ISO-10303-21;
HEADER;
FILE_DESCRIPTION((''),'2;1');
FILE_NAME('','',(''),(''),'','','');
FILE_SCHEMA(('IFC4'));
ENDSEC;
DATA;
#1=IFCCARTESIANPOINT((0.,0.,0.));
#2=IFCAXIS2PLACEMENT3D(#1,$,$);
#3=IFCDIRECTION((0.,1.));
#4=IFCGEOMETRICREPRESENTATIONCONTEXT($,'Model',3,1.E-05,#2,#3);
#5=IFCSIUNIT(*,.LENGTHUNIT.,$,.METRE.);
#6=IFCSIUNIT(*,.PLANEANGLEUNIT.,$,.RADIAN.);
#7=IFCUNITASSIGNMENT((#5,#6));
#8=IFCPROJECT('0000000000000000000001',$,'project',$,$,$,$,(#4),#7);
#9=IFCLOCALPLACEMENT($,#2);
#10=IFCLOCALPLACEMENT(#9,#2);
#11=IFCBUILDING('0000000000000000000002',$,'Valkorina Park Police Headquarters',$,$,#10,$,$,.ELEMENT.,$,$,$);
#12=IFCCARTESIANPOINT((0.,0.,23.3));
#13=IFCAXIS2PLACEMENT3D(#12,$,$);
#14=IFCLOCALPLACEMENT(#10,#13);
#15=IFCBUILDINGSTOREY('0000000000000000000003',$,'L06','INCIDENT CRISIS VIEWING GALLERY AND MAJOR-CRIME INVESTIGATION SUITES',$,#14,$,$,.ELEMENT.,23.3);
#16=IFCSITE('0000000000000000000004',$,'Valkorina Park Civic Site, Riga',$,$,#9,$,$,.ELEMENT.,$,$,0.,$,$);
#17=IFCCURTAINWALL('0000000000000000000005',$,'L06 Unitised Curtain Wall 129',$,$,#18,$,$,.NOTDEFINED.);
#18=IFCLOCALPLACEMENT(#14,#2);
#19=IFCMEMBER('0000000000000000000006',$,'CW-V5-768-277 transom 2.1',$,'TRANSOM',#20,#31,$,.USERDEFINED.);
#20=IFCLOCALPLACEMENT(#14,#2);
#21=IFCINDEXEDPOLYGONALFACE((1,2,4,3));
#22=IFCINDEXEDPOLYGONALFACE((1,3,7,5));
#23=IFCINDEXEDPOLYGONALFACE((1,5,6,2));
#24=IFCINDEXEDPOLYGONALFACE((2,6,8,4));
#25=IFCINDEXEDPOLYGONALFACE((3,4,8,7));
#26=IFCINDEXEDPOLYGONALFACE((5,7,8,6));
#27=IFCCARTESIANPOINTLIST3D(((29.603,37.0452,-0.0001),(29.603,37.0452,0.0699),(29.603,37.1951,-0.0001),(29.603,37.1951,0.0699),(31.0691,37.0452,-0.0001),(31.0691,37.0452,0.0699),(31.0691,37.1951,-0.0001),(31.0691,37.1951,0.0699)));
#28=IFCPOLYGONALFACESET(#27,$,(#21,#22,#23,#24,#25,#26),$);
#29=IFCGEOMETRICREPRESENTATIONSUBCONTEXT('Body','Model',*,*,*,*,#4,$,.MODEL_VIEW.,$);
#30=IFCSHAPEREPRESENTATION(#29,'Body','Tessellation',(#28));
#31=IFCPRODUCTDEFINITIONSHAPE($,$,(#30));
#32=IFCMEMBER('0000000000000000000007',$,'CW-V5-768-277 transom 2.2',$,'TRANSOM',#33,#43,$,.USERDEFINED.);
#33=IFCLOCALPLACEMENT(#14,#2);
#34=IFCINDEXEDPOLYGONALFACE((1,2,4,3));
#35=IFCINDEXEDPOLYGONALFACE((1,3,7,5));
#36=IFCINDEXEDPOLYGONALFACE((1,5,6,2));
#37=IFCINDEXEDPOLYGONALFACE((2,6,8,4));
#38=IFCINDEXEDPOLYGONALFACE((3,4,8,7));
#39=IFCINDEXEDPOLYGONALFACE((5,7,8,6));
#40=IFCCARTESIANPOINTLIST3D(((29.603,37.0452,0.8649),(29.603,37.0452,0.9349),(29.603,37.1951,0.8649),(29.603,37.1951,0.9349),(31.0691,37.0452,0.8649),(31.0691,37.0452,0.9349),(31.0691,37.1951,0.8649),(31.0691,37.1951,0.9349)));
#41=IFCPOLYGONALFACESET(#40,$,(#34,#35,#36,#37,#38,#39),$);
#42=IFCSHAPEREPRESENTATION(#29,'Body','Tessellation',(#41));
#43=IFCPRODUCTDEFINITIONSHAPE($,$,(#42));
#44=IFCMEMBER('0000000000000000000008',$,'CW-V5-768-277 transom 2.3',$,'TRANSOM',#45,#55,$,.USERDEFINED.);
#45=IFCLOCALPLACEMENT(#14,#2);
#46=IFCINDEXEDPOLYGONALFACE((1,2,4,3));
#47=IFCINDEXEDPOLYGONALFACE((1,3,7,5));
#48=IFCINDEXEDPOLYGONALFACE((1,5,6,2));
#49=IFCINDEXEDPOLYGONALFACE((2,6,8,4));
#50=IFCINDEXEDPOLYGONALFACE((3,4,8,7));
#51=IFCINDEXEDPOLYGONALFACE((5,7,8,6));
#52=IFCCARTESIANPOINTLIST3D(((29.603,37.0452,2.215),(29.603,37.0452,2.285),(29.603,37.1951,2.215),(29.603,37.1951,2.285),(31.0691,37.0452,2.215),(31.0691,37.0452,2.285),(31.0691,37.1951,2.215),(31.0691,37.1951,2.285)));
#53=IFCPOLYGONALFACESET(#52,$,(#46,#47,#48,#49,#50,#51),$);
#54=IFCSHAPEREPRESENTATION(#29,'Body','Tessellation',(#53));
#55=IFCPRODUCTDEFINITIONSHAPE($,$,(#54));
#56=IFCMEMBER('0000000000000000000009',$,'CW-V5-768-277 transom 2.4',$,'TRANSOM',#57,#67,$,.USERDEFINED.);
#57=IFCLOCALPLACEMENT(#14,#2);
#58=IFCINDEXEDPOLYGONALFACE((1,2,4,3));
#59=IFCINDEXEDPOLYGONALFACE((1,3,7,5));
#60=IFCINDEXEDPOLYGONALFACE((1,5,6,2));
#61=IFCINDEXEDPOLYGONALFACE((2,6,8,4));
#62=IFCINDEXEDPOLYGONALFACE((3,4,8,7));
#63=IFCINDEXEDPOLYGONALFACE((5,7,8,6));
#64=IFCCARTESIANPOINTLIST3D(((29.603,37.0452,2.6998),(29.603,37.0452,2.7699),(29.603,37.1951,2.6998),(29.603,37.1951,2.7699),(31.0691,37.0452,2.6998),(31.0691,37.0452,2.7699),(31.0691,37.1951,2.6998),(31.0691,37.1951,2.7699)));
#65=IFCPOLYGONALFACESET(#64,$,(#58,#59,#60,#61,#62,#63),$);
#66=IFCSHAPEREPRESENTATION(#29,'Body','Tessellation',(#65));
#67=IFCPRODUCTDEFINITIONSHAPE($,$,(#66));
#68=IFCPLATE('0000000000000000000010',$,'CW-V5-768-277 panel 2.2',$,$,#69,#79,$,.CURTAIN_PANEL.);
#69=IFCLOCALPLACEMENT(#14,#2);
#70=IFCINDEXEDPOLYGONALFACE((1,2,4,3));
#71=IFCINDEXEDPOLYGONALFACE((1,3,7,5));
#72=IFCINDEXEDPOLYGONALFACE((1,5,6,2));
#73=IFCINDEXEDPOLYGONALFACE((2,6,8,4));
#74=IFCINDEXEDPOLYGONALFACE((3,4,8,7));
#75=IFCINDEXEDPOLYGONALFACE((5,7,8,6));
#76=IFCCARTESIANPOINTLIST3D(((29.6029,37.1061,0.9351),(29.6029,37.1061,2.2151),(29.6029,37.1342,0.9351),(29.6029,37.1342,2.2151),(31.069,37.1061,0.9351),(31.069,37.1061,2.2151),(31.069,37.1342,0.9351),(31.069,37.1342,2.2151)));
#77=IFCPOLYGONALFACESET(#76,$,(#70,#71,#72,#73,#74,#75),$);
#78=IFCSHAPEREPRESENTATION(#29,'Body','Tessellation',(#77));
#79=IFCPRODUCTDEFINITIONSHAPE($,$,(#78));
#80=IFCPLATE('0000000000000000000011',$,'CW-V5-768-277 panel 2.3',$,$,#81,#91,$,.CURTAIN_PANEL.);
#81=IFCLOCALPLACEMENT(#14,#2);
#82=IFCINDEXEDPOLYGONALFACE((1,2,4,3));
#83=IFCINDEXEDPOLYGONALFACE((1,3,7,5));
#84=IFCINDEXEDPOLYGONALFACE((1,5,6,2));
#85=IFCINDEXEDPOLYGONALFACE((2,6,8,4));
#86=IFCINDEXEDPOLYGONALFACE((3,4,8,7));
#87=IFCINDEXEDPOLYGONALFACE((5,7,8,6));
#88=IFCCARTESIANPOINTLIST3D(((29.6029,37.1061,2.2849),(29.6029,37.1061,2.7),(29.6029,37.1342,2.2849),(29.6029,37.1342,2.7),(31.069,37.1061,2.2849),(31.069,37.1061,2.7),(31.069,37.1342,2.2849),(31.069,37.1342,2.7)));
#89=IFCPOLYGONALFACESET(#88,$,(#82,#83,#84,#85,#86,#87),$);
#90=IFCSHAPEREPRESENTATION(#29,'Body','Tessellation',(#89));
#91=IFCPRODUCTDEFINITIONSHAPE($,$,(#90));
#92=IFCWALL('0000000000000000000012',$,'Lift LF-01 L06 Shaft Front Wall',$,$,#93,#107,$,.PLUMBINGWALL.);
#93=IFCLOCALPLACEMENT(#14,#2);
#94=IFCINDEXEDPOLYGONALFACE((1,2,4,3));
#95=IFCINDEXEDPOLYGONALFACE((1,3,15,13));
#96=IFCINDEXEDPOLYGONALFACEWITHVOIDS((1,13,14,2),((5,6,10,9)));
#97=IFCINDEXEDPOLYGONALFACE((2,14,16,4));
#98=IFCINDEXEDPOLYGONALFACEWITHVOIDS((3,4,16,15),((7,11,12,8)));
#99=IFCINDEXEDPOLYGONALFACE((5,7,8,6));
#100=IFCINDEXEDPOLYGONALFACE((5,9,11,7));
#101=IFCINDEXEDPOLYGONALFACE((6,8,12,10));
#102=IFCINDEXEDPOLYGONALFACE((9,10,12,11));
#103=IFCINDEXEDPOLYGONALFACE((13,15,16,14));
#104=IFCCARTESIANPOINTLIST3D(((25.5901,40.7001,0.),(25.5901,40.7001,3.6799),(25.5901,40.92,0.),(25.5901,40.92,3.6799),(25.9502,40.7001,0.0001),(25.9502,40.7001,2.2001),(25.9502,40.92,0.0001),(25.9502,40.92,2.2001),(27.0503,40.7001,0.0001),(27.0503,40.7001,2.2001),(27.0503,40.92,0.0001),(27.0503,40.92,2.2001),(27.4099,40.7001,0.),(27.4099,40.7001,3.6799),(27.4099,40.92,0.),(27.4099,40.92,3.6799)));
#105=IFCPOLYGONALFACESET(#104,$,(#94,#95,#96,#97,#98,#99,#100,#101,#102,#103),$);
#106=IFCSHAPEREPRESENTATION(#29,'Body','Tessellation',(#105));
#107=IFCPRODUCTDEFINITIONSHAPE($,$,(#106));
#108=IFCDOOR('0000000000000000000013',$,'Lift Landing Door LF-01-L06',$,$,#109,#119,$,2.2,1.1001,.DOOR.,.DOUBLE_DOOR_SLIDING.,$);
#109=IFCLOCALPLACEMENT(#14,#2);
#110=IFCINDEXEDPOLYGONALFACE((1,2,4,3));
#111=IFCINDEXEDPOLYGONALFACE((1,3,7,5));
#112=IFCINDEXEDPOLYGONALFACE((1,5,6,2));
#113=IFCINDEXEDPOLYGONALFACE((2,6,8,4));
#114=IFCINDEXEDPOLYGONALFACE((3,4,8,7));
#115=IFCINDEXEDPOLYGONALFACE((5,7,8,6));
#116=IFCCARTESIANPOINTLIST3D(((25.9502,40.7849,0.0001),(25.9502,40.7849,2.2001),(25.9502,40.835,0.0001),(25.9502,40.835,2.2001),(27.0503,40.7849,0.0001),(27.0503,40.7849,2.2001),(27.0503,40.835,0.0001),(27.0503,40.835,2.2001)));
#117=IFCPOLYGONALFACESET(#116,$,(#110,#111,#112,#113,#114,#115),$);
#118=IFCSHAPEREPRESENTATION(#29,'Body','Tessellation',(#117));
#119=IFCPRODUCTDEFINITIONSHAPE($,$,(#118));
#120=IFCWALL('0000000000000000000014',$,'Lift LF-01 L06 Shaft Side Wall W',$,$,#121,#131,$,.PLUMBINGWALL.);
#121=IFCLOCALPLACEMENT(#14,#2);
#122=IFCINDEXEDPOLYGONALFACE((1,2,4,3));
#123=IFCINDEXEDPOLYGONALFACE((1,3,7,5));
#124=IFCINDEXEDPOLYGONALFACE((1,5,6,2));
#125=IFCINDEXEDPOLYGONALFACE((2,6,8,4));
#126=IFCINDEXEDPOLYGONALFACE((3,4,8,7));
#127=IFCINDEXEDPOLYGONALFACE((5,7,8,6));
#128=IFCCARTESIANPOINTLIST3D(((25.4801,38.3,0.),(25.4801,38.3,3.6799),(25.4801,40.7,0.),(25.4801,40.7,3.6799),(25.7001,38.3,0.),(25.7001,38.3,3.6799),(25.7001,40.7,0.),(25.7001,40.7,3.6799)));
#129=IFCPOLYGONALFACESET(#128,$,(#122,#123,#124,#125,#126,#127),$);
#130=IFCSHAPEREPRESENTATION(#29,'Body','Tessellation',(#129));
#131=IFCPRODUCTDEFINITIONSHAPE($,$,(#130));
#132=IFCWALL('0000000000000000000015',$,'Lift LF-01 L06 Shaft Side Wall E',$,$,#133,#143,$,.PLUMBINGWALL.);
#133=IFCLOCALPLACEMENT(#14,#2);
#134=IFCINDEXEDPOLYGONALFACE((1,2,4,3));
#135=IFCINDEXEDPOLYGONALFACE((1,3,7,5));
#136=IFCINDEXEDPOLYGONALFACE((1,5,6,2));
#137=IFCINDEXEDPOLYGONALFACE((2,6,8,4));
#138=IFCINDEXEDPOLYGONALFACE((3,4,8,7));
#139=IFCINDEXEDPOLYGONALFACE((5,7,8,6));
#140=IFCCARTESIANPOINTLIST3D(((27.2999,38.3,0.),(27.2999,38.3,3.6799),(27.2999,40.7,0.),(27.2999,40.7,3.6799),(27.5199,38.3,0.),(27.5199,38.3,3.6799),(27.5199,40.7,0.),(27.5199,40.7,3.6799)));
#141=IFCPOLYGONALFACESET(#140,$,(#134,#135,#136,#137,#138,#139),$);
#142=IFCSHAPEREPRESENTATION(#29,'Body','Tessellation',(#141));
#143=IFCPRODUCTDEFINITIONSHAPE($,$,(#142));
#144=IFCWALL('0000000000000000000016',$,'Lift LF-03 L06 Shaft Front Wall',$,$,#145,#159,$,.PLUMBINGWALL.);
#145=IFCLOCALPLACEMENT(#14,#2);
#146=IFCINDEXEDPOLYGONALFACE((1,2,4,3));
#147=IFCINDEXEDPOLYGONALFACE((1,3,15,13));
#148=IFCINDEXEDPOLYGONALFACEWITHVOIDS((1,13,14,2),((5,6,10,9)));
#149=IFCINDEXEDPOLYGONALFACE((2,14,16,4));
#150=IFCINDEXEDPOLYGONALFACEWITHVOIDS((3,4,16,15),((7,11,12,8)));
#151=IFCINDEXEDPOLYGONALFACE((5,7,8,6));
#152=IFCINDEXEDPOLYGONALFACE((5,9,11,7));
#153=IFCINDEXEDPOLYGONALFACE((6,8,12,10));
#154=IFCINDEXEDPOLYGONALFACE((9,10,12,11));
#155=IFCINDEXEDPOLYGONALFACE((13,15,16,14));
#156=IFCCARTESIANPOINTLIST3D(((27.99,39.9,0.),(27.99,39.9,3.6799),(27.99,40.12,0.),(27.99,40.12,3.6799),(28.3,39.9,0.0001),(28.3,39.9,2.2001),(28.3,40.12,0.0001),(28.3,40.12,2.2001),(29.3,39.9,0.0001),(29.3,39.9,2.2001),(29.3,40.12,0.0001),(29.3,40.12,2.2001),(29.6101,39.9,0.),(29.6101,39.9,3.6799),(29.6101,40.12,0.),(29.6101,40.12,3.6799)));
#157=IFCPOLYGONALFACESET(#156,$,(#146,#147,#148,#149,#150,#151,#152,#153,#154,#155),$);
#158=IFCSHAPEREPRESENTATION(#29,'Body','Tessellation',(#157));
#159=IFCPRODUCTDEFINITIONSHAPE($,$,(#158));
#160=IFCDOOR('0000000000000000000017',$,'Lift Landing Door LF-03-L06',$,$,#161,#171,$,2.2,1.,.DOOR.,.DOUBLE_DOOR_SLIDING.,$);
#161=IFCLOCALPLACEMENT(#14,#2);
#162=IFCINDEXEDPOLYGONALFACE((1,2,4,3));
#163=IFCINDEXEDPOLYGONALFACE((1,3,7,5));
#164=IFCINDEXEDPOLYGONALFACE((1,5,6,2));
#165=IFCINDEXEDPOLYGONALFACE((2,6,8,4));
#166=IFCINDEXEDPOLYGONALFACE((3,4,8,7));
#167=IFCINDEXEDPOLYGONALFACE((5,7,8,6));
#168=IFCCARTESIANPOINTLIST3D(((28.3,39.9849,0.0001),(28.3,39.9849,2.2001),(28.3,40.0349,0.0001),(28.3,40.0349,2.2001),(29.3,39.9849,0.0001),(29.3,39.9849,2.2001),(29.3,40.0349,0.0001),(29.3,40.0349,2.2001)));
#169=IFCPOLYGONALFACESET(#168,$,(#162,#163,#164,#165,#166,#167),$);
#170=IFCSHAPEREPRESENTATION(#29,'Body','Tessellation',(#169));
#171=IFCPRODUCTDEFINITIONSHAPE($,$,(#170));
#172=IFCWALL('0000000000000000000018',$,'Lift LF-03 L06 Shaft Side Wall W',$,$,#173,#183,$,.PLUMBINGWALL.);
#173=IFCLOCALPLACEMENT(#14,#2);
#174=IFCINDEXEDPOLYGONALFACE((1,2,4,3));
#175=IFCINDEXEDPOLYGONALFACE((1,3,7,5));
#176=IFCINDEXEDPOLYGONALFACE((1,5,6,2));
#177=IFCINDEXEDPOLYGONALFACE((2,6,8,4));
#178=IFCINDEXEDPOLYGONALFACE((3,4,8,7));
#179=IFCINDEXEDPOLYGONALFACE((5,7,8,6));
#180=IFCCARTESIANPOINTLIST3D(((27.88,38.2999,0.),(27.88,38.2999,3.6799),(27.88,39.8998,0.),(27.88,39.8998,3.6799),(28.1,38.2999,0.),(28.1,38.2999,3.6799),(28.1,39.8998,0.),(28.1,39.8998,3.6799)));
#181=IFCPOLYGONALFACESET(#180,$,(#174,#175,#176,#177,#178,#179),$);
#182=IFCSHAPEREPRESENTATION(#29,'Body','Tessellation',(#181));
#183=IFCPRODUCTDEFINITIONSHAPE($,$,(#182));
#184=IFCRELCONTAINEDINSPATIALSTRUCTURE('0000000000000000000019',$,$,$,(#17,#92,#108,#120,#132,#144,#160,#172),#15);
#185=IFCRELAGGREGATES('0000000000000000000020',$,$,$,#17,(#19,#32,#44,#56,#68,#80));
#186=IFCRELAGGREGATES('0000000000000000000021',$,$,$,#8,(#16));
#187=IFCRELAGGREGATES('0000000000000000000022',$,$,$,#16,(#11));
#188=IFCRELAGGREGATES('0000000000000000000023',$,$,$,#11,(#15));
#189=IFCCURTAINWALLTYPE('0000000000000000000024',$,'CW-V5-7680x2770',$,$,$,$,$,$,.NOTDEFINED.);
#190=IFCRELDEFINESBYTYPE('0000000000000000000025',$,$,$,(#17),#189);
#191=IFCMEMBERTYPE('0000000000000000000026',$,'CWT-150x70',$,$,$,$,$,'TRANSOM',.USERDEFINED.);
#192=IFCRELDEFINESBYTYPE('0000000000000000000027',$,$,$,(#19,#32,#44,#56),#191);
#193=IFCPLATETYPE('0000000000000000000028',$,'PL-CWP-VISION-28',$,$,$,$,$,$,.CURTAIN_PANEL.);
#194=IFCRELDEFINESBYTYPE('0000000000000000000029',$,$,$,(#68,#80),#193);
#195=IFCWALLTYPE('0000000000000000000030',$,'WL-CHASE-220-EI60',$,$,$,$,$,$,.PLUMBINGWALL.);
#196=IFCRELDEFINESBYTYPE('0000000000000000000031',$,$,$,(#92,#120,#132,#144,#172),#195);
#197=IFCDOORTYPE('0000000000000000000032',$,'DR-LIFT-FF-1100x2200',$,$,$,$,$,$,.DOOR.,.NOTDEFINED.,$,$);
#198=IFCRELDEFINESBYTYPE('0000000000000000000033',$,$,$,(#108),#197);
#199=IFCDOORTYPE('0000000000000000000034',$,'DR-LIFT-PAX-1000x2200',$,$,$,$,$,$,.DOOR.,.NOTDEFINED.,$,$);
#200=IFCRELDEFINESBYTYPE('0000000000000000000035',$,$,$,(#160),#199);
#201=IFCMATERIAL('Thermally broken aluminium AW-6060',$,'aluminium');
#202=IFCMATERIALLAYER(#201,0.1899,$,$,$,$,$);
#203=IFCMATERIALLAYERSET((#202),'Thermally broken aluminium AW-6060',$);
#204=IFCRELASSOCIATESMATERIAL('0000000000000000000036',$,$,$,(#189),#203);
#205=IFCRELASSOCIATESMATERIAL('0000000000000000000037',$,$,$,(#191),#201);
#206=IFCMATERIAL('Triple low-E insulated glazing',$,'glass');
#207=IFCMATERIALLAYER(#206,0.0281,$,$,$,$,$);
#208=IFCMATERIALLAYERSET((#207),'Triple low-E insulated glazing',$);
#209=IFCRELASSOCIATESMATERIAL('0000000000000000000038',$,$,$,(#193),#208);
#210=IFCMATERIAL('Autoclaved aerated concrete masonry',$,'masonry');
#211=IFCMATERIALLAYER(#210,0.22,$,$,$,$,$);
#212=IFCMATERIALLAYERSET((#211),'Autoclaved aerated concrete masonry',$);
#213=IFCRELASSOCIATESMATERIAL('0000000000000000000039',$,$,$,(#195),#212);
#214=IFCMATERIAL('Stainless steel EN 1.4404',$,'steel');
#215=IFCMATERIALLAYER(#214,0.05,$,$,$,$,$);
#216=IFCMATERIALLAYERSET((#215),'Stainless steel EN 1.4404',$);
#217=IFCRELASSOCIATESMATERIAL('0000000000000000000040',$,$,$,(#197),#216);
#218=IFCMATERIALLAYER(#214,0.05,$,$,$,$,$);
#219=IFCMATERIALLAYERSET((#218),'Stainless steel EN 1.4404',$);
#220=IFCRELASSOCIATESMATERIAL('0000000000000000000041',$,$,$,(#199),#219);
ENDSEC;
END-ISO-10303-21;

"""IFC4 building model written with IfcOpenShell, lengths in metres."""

from ifc_helpers import new_model, si_unit, direction, frame, frame_2d, origin, origin_2d, place, context, subcontext, project, spatial, rectangle, extrude, material, layer, layer_set, material_profile, profile_set, type_object, element, fill, aggregate, save


model = new_model("IFC4")

# Units and contexts
model_context = context("Model", 3, precision=1e-05, world=origin(), true_north=direction((0.0, 1.0)))
body_context = subcontext(model_context, "Body", "Model", "MODEL_VIEW")
ifc_project = project(units=[si_unit("LENGTHUNIT", "METRE"), si_unit("PLANEANGLEUNIT", "RADIAN")], contexts=[model_context])

# Site, building, storey
site_placement = place(None, origin())
site = spatial("IfcSite", under=ifc_project, at=site_placement, Name="Valkorina Park Civic Site, Riga", CompositionType="ELEMENT", RefElevation=0.0)
building_placement = place(site_placement, origin())
building = spatial("IfcBuilding", under=site, at=building_placement, Name="Valkorina Park Police Headquarters", CompositionType="ELEMENT")
storey_placement = place(building_placement, frame((0.0, 0.0, 23.3)))
storey = spatial("IfcBuildingStorey", under=building, at=storey_placement, Name="L06", Description="INCIDENT CRISIS VIEWING GALLERY AND MAJOR-CRIME INVESTIGATION SUITES", CompositionType="ELEMENT", Elevation=23.3)

# Curtain wall, members, plates
ifc_material_1 = material(Name="Thermally broken aluminium AW-6060", Category="aluminium")
ifc_layer_1 = layer(ifc_material_1, 0.1899)
ifc_layer_set_1 = layer_set([ifc_layer_1], Name="Thermally broken aluminium AW-6060")
curtain_wall_type = type_object("IfcCurtainWallType", Name="CW-V5-7680x2770", PredefinedType="NOTDEFINED", material=ifc_layer_set_1)
curtain_wall_placement = place(storey_placement, origin())
curtain_wall = element("IfcCurtainWall", 1, at=curtain_wall_placement, inside=storey, type_object=curtain_wall_type, Name="L06 Unitised Curtain Wall 129", PredefinedType="NOTDEFINED")
ifc_material_profile_1 = material_profile(ifc_material_1, rectangle(XDim=0.1499, YDim=0.0701, at=origin_2d()), Name="CWT-02 150x70")
ifc_profile_set_1 = profile_set([ifc_material_profile_1], Name="Thermally broken aluminium AW-6060")
member_type = type_object("IfcMemberType", Name="CWT-150x70", ElementType="TRANSOM", PredefinedType="USERDEFINED", material=ifc_profile_set_1)
member_1_placement = place(storey_placement, frame((31.0691, 37.1201, 0.0349), z_axis=(-1.0, 0.0, 0.0), x_axis=(0.0, -1.0, 0.0)))
member_1 = element("IfcMember", 2, at=member_1_placement, type_object=member_type, Name="CW-V5-768-277 transom 2.1", ObjectType="TRANSOM", PredefinedType="USERDEFINED", context=body_context, shape_type="SweptSolid", body=[
    extrude(rectangle(XDim=0.1499, YDim=0.0701, at=origin_2d()), origin(), (0.0, 0.0, 1.0), 1.4661),
])
member_2_placement = place(storey_placement, frame((31.0691, 37.1201, 0.8999), z_axis=(-1.0, 0.0, 0.0), x_axis=(0.0, -1.0, 0.0)))
member_2 = element("IfcMember", 3, at=member_2_placement, type_object=member_type, Name="CW-V5-768-277 transom 2.2", ObjectType="TRANSOM", PredefinedType="USERDEFINED", context=body_context, shape_type="SweptSolid", body=[
    extrude(rectangle(XDim=0.1499, YDim=0.0701, at=origin_2d()), origin(), (0.0, 0.0, 1.0), 1.4661),
])
member_3_placement = place(storey_placement, frame((31.0691, 37.1201, 2.25), z_axis=(-1.0, 0.0, 0.0), x_axis=(0.0, -1.0, 0.0)))
member_3 = element("IfcMember", 4, at=member_3_placement, type_object=member_type, Name="CW-V5-768-277 transom 2.3", ObjectType="TRANSOM", PredefinedType="USERDEFINED", context=body_context, shape_type="SweptSolid", body=[
    extrude(rectangle(XDim=0.1499, YDim=0.0701, at=origin_2d()), origin(), (0.0, 0.0, 1.0), 1.4661),
])
member_4_placement = place(storey_placement, frame((31.0691, 37.1201, 2.7349), z_axis=(-1.0, 0.0, 0.0), x_axis=(0.0, -1.0, 0.0)))
member_4 = element("IfcMember", 5, at=member_4_placement, type_object=member_type, Name="CW-V5-768-277 transom 2.4", ObjectType="TRANSOM", PredefinedType="USERDEFINED", context=body_context, shape_type="SweptSolid", body=[
    extrude(rectangle(XDim=0.1499, YDim=0.0701, at=origin_2d()), origin(), (0.0, 0.0, 1.0), 1.4661),
])
ifc_material_2 = material(Name="Triple low-E insulated glazing", Category="glass")
ifc_layer_2 = layer(ifc_material_2, 0.0281)
ifc_layer_set_2 = layer_set([ifc_layer_2], Name="Triple low-E insulated glazing")
plate_type = type_object("IfcPlateType", Name="PL-CWP-VISION-28", PredefinedType="CURTAIN_PANEL", material=ifc_layer_set_2)
plate_1_placement = place(storey_placement, frame((30.3359, 37.1201, 0.9351), z_axis=(0.0, 0.0, 1.0), x_axis=(-1.0, 0.0, 0.0)))
plate_1 = element("IfcPlate", 6, at=plate_1_placement, type_object=plate_type, Name="CW-V5-768-277 panel 2.2", PredefinedType="CURTAIN_PANEL", context=body_context, shape_type="SweptSolid", body=[
    extrude(rectangle(XDim=1.4661, YDim=0.0281, at=origin_2d()), origin(), (0.0, 0.0, 1.0), 1.28),
])
plate_2_placement = place(storey_placement, frame((30.3359, 37.1201, 2.2849), z_axis=(0.0, 0.0, 1.0), x_axis=(-1.0, 0.0, 0.0)))
plate_2 = element("IfcPlate", 7, at=plate_2_placement, type_object=plate_type, Name="CW-V5-768-277 panel 2.3", PredefinedType="CURTAIN_PANEL", context=body_context, shape_type="SweptSolid", body=[
    extrude(rectangle(XDim=1.4661, YDim=0.0281, at=origin_2d()), origin(), (0.0, 0.0, 1.0), 0.415),
])
aggregate(curtain_wall, [member_1, member_2, member_3, member_4, plate_1, plate_2])

# Wall, opening, door
ifc_material_3 = material(Name="Autoclaved aerated concrete masonry", Category="masonry")
ifc_layer_3 = layer(ifc_material_3, 0.22)
ifc_layer_set_3 = layer_set([ifc_layer_3], Name="Autoclaved aerated concrete masonry")
wall_type_1 = type_object("IfcWallType", Name="WL-CHASE-220-EI60", PredefinedType="PLUMBINGWALL", material=ifc_layer_set_3)
wall_1_placement = place(storey_placement, frame((25.5901, 40.8101, 0.0), z_axis=(0.0, 0.0, 1.0), x_axis=(1.0, 0.0, 0.0)))
wall_1 = element("IfcWall", 8, at=wall_1_placement, inside=storey, type_object=wall_type_1, Name="Lift LF-01 L06 Shaft Front Wall", PredefinedType="PLUMBINGWALL", context=body_context, shape_type="SweptSolid", body=[
    extrude(rectangle(XDim=1.8198, YDim=0.22, at=frame_2d((0.9099, 0.0))), origin(), (0.0, 0.0, 1.0), 3.6799),
])
opening_1_placement = place(wall_1_placement, frame((0.3601, 0.0, 0.0)))
opening_1 = element("IfcOpeningElement", 9, at=opening_1_placement, cuts=wall_1, PredefinedType="OPENING", context=body_context, shape_type="SweptSolid", body=[
    extrude(rectangle(XDim=1.1001, YDim=2.2, at=frame_2d((0.55, 1.1001))), frame((0.0, 0.1201, 0.0), z_axis=(0.0, -1.0, 0.0), x_axis=(1.0, 0.0, 0.0)), (0.0, 0.0, 1.0), 0.24),
])
ifc_material_4 = material(Name="Stainless steel EN 1.4404", Category="steel")
ifc_layer_4 = layer(ifc_material_4, 0.05)
ifc_layer_set_4 = layer_set([ifc_layer_4], Name="Stainless steel EN 1.4404")
door_type_1 = type_object("IfcDoorType", Name="DR-LIFT-FF-1100x2200", OperationType="NOTDEFINED", PredefinedType="DOOR", material=ifc_layer_set_4)
door_1_placement = place(opening_1_placement, origin())
door_1 = element("IfcDoor", 10, at=door_1_placement, inside=storey, type_object=door_type_1, Name="Lift Landing Door LF-01-L06", OperationType="DOUBLE_DOOR_SLIDING", OverallHeight=2.2, OverallWidth=1.1001, PredefinedType="DOOR", context=body_context, shape_type="SweptSolid", body=[
    extrude(rectangle(XDim=1.1001, YDim=2.2, at=frame_2d((0.55, 1.1001))), frame((0.0, 0.0249, 0.0), z_axis=(0.0, -1.0, 0.0), x_axis=(1.0, 0.0, 0.0)), (0.0, 0.0, 1.0), 0.05),
])
fill(opening_1, door_1)

# Walls
for number, where, z_axis, x_axis, name in (
    (11, (25.5901, 38.3, 0.0), (0.0, 0.0, 1.0), (0.0, 1.0, 0.0), "Lift LF-01 L06 Shaft Side Wall W"),
    (12, (27.4099, 38.3, 0.0), (0.0, 0.0, 1.0), (0.0, 1.0, 0.0), "Lift LF-01 L06 Shaft Side Wall E"),
):
    element("IfcWall", number, at=place(storey_placement, frame(where, z_axis=z_axis, x_axis=x_axis)), inside=storey, type_object=wall_type_1, Name=name, PredefinedType="PLUMBINGWALL", context=body_context, shape_type="SweptSolid", body=[
        extrude(rectangle(XDim=2.3999, YDim=0.22, at=frame_2d((1.2, 0.0))), origin(), (0.0, 0.0, 1.0), 3.6799),
    ])

# Wall, opening, door
wall_2_placement = place(storey_placement, frame((27.99, 40.01, 0.0), z_axis=(0.0, 0.0, 1.0), x_axis=(1.0, 0.0, 0.0)))
wall_2 = element("IfcWall", 13, at=wall_2_placement, inside=storey, type_object=wall_type_1, Name="Lift LF-03 L06 Shaft Front Wall", PredefinedType="PLUMBINGWALL", context=body_context, shape_type="SweptSolid", body=[
    extrude(rectangle(XDim=1.6201, YDim=0.22, at=frame_2d((0.8101, 0.0))), origin(), (0.0, 0.0, 1.0), 3.6799),
])
opening_2_placement = place(wall_2_placement, frame((0.3101, 0.0, 0.0)))
opening_2 = element("IfcOpeningElement", 14, at=opening_2_placement, cuts=wall_2, PredefinedType="OPENING", context=body_context, shape_type="SweptSolid", body=[
    extrude(rectangle(XDim=1.0, YDim=2.2, at=frame_2d((0.5, 1.1001))), frame((0.0, 0.1201, 0.0), z_axis=(0.0, -1.0, 0.0), x_axis=(1.0, 0.0, 0.0)), (0.0, 0.0, 1.0), 0.24),
])
ifc_layer_5 = layer(ifc_material_4, 0.05)
ifc_layer_set_5 = layer_set([ifc_layer_5], Name="Stainless steel EN 1.4404")
door_type_2 = type_object("IfcDoorType", Name="DR-LIFT-PAX-1000x2200", OperationType="NOTDEFINED", PredefinedType="DOOR", material=ifc_layer_set_5)
door_2_placement = place(opening_2_placement, origin())
door_2 = element("IfcDoor", 15, at=door_2_placement, inside=storey, type_object=door_type_2, Name="Lift Landing Door LF-03-L06", OperationType="DOUBLE_DOOR_SLIDING", OverallHeight=2.2, OverallWidth=1.0, PredefinedType="DOOR", context=body_context, shape_type="SweptSolid", body=[
    extrude(rectangle(XDim=1.0, YDim=2.2, at=frame_2d((0.5, 1.1001))), frame((0.0, 0.0249, 0.0), z_axis=(0.0, -1.0, 0.0), x_axis=(1.0, 0.0, 0.0)), (0.0, 0.0, 1.0), 0.05),
])
fill(opening_2, door_2)

# Wall
for number, where, z_axis, x_axis, name in (
    (16, (27.99, 38.3, 0.0), (0.0, 0.0, 1.0), (0.0, 1.0, 0.0), "Lift LF-03 L06 Shaft Side Wall W"),
):
    element("IfcWall", number, at=place(storey_placement, frame(where, z_axis=z_axis, x_axis=x_axis)), inside=storey, type_object=wall_type_1, Name=name, PredefinedType="PLUMBINGWALL", context=body_context, shape_type="SweptSolid", body=[
        extrude(rectangle(XDim=1.5999, YDim=0.22, at=frame_2d((0.7998, 0.0))), origin(), (0.0, 0.0, 1.0), 3.6799),
    ])

save(model, "model.ifc")
